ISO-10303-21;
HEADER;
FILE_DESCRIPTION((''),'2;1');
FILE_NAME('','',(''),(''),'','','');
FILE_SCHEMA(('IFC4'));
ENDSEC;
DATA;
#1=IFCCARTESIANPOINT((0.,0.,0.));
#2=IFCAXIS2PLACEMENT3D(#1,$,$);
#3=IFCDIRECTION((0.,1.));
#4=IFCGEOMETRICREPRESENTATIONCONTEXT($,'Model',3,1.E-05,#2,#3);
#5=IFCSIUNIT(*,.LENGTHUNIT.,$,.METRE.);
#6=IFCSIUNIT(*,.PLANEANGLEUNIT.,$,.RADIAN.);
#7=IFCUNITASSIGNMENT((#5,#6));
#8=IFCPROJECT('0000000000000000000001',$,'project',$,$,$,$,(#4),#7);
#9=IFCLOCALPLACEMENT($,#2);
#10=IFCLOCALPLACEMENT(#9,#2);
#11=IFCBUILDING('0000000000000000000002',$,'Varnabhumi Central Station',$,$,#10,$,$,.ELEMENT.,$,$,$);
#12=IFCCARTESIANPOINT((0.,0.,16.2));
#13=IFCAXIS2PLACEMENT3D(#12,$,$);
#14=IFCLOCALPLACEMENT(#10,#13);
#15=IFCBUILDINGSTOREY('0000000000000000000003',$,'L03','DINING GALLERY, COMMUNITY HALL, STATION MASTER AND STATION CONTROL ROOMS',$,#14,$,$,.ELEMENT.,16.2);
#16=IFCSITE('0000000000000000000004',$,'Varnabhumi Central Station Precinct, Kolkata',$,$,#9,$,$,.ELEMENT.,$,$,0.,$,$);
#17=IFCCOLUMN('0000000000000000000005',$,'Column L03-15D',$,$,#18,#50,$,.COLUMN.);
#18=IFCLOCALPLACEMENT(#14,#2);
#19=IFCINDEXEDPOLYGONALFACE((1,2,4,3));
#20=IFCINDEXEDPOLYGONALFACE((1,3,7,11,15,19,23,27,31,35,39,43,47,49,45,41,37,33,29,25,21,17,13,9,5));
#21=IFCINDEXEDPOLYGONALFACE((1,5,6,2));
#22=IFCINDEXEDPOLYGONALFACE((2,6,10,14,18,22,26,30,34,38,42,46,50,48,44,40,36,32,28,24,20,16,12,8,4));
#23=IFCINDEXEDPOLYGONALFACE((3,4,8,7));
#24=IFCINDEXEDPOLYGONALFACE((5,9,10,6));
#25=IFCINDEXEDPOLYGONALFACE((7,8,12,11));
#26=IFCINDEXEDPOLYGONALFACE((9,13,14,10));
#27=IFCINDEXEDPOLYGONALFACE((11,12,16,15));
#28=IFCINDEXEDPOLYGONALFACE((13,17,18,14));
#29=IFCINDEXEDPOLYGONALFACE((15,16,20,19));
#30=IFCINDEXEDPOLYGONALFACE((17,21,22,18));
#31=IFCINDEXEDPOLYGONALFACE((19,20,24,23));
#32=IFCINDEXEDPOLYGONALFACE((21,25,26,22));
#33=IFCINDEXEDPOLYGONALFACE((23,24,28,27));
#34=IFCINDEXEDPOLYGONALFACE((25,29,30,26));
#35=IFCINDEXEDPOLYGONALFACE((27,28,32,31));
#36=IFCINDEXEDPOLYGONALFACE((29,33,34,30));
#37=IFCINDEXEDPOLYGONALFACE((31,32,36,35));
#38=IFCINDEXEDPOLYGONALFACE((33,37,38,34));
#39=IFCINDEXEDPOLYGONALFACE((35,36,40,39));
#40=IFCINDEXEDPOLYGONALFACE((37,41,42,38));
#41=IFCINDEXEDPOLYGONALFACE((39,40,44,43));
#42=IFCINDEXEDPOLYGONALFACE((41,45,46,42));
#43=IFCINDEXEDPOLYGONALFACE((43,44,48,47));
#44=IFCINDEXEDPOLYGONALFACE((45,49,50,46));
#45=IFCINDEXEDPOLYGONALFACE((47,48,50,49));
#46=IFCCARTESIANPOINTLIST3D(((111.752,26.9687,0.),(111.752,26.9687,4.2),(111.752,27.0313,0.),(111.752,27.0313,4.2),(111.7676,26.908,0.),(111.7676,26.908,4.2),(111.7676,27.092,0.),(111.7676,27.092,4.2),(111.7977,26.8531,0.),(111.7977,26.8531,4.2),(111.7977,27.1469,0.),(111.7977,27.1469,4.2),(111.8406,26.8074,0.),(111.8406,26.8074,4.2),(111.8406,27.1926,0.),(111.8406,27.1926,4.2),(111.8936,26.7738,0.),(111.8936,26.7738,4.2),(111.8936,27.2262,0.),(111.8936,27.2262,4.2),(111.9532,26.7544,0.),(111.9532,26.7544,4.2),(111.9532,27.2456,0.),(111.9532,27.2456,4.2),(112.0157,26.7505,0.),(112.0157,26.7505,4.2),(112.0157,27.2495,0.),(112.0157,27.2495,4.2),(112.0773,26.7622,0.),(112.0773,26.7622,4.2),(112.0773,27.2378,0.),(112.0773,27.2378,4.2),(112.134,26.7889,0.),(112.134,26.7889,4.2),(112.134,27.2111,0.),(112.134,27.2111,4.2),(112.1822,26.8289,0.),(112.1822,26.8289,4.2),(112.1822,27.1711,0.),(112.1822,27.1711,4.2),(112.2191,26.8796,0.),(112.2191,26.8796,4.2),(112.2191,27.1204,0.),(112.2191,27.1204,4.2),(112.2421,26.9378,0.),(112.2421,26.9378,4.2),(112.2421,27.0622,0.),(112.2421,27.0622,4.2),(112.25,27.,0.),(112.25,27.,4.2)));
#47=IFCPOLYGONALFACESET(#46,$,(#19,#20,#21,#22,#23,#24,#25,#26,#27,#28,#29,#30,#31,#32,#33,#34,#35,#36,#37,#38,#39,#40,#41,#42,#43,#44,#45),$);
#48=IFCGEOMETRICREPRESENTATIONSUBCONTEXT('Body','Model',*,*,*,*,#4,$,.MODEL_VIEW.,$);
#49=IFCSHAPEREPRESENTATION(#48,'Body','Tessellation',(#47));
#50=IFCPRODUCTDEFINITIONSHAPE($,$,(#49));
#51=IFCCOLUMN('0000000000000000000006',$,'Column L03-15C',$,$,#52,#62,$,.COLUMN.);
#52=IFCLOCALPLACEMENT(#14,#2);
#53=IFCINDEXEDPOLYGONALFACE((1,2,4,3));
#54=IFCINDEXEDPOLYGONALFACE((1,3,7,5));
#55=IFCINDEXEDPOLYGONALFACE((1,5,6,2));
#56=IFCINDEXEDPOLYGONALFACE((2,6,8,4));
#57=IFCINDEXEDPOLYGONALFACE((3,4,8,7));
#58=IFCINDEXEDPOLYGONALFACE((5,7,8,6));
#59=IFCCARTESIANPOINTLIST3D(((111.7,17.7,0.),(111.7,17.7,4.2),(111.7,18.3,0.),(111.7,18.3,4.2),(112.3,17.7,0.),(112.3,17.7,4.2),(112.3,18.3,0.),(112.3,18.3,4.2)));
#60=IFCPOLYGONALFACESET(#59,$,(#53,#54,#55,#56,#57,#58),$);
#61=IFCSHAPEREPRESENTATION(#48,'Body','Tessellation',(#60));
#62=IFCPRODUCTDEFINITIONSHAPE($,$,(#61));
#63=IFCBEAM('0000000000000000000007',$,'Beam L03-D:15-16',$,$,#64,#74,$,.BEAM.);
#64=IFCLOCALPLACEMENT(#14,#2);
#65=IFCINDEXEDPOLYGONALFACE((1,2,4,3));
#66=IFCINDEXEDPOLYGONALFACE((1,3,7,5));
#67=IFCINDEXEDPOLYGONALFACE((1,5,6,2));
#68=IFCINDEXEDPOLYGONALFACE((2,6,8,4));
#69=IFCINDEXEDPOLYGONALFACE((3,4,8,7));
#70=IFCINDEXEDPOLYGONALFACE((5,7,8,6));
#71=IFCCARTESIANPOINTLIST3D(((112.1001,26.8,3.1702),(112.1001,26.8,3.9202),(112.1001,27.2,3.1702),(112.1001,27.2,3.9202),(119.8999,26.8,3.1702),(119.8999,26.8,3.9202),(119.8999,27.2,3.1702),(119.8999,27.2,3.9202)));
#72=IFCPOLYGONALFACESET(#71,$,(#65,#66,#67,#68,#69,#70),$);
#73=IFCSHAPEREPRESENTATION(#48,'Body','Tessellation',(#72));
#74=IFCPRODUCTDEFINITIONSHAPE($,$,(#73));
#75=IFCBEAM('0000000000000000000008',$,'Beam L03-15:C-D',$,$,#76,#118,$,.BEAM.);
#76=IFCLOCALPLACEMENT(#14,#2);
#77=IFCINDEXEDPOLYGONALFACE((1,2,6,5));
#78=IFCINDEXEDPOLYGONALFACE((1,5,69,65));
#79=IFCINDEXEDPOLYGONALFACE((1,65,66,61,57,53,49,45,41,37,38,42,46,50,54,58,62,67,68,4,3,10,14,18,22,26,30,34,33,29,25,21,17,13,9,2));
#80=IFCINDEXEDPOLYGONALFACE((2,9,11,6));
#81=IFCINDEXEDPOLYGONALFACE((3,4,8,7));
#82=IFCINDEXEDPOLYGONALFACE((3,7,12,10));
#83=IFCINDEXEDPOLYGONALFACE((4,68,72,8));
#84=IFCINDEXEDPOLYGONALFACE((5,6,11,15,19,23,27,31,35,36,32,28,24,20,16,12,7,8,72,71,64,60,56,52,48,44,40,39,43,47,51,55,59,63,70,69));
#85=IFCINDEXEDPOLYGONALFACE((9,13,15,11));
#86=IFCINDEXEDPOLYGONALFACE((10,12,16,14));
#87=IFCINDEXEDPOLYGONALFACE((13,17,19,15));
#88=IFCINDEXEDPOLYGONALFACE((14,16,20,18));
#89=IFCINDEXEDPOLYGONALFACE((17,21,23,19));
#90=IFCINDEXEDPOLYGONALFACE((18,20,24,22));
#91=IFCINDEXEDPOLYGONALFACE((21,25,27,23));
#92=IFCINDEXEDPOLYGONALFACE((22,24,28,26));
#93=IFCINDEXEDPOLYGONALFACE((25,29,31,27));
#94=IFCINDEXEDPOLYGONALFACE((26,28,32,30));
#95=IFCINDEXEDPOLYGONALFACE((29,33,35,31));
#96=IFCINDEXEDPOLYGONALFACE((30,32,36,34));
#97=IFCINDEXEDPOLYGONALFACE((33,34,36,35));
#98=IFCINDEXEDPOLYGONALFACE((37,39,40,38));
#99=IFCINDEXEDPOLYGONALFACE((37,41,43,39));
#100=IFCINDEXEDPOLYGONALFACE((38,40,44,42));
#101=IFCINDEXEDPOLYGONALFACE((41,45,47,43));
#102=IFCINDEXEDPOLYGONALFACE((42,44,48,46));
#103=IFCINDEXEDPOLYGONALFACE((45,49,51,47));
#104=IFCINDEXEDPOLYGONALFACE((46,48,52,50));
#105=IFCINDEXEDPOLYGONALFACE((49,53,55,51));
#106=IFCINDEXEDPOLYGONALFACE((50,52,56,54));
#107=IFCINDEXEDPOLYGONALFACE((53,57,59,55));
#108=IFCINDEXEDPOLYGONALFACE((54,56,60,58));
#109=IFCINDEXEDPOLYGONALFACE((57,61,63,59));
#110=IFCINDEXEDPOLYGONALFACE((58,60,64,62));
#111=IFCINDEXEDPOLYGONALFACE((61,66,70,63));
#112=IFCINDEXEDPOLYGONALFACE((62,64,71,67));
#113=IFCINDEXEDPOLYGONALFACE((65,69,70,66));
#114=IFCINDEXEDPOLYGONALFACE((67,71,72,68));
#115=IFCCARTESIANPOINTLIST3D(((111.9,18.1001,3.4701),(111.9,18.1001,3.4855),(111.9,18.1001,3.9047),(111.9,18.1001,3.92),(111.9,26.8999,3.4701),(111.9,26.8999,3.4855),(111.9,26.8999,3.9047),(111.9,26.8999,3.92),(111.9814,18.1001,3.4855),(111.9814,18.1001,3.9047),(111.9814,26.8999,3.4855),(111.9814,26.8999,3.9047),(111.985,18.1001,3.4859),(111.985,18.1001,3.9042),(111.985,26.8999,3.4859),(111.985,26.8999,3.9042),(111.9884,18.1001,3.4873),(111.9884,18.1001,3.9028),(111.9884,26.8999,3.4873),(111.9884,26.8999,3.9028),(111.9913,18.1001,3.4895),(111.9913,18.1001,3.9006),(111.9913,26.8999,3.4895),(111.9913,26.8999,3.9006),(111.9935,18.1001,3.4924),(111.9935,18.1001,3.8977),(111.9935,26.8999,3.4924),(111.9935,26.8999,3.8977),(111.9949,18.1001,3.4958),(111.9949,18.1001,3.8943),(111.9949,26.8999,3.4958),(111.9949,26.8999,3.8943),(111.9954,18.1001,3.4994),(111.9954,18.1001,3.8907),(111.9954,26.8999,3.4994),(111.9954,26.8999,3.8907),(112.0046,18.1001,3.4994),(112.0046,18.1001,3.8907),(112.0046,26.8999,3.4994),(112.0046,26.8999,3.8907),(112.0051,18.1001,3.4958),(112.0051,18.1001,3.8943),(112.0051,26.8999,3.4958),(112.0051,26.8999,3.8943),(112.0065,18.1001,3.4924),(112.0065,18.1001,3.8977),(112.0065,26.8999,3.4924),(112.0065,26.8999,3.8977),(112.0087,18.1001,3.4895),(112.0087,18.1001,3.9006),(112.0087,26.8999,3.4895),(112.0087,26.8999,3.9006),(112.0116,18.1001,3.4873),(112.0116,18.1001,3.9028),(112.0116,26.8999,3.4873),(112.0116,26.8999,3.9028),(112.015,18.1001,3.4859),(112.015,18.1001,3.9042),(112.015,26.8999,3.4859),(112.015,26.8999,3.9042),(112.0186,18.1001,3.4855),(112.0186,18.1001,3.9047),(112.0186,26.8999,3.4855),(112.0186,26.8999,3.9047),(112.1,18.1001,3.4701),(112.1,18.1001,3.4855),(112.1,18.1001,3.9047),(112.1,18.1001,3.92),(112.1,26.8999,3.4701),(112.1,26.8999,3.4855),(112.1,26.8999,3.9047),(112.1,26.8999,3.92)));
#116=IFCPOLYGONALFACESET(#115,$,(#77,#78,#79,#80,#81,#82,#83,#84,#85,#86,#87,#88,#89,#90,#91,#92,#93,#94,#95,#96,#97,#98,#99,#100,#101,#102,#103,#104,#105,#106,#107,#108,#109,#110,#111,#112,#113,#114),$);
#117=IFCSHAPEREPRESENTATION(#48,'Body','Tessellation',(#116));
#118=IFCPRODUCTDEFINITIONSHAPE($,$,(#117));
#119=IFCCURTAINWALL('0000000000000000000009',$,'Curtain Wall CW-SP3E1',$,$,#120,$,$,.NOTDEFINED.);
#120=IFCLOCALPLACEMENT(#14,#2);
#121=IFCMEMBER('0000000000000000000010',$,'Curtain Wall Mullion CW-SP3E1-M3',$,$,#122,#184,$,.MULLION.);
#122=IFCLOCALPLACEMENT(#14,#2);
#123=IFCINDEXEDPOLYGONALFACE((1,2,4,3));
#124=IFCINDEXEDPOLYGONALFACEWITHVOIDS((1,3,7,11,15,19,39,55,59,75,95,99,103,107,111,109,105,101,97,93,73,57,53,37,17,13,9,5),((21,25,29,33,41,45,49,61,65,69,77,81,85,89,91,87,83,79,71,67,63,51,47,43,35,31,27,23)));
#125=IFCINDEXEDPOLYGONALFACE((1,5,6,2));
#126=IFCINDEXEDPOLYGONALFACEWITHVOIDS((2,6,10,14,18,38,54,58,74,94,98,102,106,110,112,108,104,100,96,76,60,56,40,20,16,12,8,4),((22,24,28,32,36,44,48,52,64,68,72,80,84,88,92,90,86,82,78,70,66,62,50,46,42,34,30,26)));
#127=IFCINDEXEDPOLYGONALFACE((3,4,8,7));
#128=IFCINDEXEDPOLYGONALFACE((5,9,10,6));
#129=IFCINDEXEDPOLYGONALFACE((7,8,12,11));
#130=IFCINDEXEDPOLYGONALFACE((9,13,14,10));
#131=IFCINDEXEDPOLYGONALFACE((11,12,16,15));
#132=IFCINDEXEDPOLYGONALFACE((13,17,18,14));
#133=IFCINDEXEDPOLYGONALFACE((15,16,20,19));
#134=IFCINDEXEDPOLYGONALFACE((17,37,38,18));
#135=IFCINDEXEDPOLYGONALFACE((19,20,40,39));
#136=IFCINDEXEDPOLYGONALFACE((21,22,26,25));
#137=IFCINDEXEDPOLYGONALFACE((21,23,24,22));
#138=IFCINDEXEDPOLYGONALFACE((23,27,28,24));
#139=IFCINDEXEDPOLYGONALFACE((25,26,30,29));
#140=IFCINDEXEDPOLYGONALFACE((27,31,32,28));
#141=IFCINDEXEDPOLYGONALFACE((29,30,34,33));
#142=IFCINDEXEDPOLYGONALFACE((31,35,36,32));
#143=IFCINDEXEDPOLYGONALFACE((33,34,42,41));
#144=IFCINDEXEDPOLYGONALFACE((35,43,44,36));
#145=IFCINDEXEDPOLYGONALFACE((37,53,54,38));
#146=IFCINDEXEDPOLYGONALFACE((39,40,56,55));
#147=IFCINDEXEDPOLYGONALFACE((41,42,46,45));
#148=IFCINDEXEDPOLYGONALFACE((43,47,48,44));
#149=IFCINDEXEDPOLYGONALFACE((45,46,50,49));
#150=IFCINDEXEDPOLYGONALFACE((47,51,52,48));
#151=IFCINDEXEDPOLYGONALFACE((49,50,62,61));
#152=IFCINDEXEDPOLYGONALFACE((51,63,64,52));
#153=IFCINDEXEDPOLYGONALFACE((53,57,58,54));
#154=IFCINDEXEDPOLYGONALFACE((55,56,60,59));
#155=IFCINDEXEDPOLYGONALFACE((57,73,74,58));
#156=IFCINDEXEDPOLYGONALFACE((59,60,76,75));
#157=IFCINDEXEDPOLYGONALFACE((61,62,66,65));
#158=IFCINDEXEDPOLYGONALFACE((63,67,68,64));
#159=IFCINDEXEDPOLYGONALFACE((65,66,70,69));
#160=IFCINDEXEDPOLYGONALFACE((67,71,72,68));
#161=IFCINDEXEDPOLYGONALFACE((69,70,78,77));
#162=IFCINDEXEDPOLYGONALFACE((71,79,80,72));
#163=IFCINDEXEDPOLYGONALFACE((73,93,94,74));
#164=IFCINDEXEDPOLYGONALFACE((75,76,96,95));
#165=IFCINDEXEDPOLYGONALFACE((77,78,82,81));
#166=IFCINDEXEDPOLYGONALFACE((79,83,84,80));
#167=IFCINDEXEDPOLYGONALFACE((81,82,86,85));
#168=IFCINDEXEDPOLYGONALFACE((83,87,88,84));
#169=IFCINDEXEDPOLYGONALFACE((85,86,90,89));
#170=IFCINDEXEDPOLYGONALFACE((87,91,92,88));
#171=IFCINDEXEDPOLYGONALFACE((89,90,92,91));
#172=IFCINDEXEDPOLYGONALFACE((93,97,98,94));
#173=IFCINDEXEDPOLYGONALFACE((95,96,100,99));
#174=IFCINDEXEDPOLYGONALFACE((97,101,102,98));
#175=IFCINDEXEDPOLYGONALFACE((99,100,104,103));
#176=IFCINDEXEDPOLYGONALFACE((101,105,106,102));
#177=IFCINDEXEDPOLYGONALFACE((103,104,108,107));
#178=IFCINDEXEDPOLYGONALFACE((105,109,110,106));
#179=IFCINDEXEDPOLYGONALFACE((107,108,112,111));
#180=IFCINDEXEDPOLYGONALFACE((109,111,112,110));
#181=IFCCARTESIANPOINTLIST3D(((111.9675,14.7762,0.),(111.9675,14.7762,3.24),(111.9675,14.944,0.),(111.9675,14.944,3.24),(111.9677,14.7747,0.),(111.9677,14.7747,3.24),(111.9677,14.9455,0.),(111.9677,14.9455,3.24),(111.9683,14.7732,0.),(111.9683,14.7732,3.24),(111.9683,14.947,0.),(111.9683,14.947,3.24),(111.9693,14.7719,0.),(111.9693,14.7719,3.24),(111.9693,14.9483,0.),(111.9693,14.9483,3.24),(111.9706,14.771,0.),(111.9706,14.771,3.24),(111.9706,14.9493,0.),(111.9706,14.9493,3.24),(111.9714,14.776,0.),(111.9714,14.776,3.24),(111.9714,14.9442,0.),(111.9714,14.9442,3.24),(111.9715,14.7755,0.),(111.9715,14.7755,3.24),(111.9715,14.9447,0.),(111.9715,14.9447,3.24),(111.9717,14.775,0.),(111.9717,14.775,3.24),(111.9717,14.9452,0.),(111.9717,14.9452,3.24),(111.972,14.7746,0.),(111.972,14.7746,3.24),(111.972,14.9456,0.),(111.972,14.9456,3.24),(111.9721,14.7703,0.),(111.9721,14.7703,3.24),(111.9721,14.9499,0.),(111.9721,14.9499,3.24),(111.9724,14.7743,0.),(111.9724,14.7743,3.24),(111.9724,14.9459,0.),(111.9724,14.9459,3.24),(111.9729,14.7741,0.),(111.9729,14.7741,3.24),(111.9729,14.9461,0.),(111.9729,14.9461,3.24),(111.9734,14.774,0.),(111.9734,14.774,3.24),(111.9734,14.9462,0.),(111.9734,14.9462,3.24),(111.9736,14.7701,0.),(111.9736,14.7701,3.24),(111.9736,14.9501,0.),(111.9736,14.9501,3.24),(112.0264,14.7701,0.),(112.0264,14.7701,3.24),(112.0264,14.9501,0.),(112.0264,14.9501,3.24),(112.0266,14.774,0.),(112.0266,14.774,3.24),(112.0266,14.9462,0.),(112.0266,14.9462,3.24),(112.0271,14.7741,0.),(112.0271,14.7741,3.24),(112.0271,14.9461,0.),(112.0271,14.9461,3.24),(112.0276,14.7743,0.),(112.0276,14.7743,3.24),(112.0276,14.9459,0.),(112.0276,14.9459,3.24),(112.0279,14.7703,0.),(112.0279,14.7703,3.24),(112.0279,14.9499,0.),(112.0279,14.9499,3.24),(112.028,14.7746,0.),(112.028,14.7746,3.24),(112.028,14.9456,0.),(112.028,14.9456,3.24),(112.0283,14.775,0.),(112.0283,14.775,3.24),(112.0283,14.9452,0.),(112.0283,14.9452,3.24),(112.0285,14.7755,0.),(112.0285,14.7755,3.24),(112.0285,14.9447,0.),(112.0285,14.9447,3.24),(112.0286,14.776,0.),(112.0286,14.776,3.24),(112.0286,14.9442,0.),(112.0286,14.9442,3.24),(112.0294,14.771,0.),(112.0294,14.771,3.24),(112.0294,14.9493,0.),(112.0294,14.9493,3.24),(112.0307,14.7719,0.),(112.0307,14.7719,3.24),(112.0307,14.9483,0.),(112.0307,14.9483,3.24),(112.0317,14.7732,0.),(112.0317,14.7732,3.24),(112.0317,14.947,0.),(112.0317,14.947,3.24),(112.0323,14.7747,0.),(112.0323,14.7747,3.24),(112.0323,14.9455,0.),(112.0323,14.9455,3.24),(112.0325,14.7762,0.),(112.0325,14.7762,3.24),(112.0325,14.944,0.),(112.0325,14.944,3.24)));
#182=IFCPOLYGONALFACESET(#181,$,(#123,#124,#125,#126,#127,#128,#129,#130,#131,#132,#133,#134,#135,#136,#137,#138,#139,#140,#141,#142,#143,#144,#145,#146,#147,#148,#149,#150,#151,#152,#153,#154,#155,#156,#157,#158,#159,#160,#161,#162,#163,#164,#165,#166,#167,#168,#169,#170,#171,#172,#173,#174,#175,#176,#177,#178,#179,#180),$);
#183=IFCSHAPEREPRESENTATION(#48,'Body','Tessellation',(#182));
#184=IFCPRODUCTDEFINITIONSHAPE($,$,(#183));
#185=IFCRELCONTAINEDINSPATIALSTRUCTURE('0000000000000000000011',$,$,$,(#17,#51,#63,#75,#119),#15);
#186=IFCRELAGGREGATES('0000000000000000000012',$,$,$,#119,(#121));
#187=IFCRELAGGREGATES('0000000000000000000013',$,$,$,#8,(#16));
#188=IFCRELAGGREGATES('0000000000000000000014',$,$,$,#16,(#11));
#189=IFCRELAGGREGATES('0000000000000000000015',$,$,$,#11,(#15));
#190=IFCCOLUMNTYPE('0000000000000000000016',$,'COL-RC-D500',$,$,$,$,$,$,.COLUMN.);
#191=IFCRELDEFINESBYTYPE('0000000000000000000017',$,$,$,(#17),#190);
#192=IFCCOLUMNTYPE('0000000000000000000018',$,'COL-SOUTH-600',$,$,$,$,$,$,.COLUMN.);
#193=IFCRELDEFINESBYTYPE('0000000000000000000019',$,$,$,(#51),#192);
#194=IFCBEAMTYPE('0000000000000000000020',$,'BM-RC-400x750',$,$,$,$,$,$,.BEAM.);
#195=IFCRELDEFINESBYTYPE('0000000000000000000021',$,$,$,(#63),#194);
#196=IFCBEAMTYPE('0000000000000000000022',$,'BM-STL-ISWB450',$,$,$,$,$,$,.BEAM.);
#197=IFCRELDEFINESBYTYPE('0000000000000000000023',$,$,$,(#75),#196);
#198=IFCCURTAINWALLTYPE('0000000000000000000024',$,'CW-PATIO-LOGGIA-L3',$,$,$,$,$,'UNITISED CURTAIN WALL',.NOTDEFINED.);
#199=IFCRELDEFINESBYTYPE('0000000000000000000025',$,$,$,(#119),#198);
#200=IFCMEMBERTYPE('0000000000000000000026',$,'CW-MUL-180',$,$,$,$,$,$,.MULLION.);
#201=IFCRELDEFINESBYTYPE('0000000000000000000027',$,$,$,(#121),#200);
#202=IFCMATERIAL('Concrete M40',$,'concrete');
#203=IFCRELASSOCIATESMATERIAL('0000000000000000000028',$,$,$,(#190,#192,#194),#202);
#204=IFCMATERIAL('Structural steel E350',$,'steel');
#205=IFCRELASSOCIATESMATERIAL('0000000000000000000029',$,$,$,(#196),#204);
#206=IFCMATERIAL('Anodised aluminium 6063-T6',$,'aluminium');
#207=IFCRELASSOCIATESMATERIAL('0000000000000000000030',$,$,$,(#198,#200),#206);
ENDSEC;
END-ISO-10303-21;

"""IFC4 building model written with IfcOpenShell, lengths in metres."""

from ifc_helpers import new_model, si_unit, direction, frame, origin, origin_2d, place, context, subcontext, project, spatial, rectangle, hollow_rectangle, circle, i_section, extrude, material, material_profile, profile_set, type_object, element, aggregate, save


model = new_model("IFC4")

# Units and contexts
model_context = context("Model", 3, precision=1e-05, world=origin(), true_north=direction((0.0, 1.0)))
body_context = subcontext(model_context, "Body", "Model", "MODEL_VIEW")
ifc_project = project(units=[si_unit("LENGTHUNIT", "METRE"), si_unit("PLANEANGLEUNIT", "RADIAN")], contexts=[model_context])

# Site, building, storey
site_placement = place(None, origin())
site = spatial("IfcSite", under=ifc_project, at=site_placement, Name="Varnabhumi Central Station Precinct, Kolkata", CompositionType="ELEMENT", RefElevation=0.0)
building_placement = place(site_placement, origin())
building = spatial("IfcBuilding", under=site, at=building_placement, Name="Varnabhumi Central Station", CompositionType="ELEMENT")
storey_placement = place(building_placement, frame((0.0, 0.0, 16.2)))
storey = spatial("IfcBuildingStorey", under=building, at=storey_placement, Name="L03", Description="DINING GALLERY, COMMUNITY HALL, STATION MASTER AND STATION CONTROL ROOMS", CompositionType="ELEMENT", Elevation=16.2)

# Columns
ifc_material_1 = material(Name="Concrete M40", Category="concrete")
ifc_material_profile_1 = material_profile(ifc_material_1, circle(Radius=0.25, at=origin_2d()), Name="Concrete M40", Category="concrete")
ifc_profile_set_1 = profile_set([ifc_material_profile_1], Name="Concrete M40")
column_type_1 = type_object("IfcColumnType", Name="COL-RC-D500", PredefinedType="COLUMN", material=ifc_profile_set_1)
column_1_placement = place(storey_placement, frame((112.0, 27.0, 0.0), z_axis=(0.0, 0.0, 1.0), x_axis=(1.0, 0.0, 0.0)))
element("IfcColumn", 1, at=column_1_placement, inside=storey, type_object=column_type_1, Name="Column L03-15D", PredefinedType="COLUMN", context=body_context, shape_type="SweptSolid", body=[
    extrude(circle(Radius=0.25, at=origin_2d()), origin(), (0.0, 0.0, 1.0), 4.2),
])
ifc_material_profile_2 = material_profile(ifc_material_1, rectangle(XDim=0.6001, YDim=0.6001, at=origin_2d()), Name="Concrete M40", Category="concrete")
ifc_profile_set_2 = profile_set([ifc_material_profile_2], Name="Concrete M40")
column_type_2 = type_object("IfcColumnType", Name="COL-SOUTH-600", PredefinedType="COLUMN", material=ifc_profile_set_2)
column_2_placement = place(storey_placement, frame((112.0, 18.0, 0.0), z_axis=(0.0, 0.0, 1.0), x_axis=(1.0, 0.0, 0.0)))
element("IfcColumn", 2, at=column_2_placement, inside=storey, type_object=column_type_2, Name="Column L03-15C", PredefinedType="COLUMN", context=body_context, shape_type="SweptSolid", body=[
    extrude(rectangle(XDim=0.6001, YDim=0.6001, at=origin_2d()), origin(), (0.0, 0.0, 1.0), 4.2),
])

# Beams
ifc_material_profile_3 = material_profile(ifc_material_1, rectangle(XDim=0.3999, YDim=0.75, at=origin_2d()), Name="Concrete M40", Category="concrete")
ifc_profile_set_3 = profile_set([ifc_material_profile_3], Name="Concrete M40")
beam_type_1 = type_object("IfcBeamType", Name="BM-RC-400x750", PredefinedType="BEAM", material=ifc_profile_set_3)
beam_1_placement = place(storey_placement, frame((112.1001, 27.0, 3.5452), z_axis=(1.0, 0.0, 0.0), x_axis=(0.0, 1.0, 0.0)))
element("IfcBeam", 3, at=beam_1_placement, inside=storey, type_object=beam_type_1, Name="Beam L03-D:15-16", PredefinedType="BEAM", context=body_context, shape_type="SweptSolid", body=[
    extrude(rectangle(XDim=0.3999, YDim=0.75, at=origin_2d()), origin(), (0.0, 0.0, 1.0), 7.7998),
])
ifc_material_2 = material(Name="Structural steel E350", Category="steel")
ifc_material_profile_4 = material_profile(ifc_material_2, i_section(OverallWidth=0.2, OverallDepth=0.45, WebThickness=0.0093, FlangeThickness=0.0154, FilletRadius=0.0139, at=origin_2d()), Name="Structural steel E350", Category="steel")
ifc_profile_set_4 = profile_set([ifc_material_profile_4], Name="Structural steel E350")
beam_type_2 = type_object("IfcBeamType", Name="BM-STL-ISWB450", PredefinedType="BEAM", material=ifc_profile_set_4)
beam_2_placement = place(storey_placement, frame((112.0, 18.1001, 3.6951), z_axis=(0.0, 1.0, 0.0), x_axis=(-1.0, 0.0, 0.0)))
element("IfcBeam", 4, at=beam_2_placement, inside=storey, type_object=beam_type_2, Name="Beam L03-15:C-D", PredefinedType="BEAM", context=body_context, shape_type="SweptSolid", body=[
    extrude(i_section(OverallWidth=0.2, OverallDepth=0.45, WebThickness=0.0093, FlangeThickness=0.0154, FilletRadius=0.0139, at=origin_2d()), origin(), (0.0, 0.0, 1.0), 8.7998),
])

# Curtain wall, member
ifc_material_3 = material(Name="Anodised aluminium 6063-T6", Category="aluminium")
curtain_wall_type = type_object("IfcCurtainWallType", Name="CW-PATIO-LOGGIA-L3", ElementType="UNITISED CURTAIN WALL", PredefinedType="NOTDEFINED", material=ifc_material_3)
curtain_wall_1_placement = place(storey_placement, origin())
curtain_wall_1 = element("IfcCurtainWall", 5, at=curtain_wall_1_placement, inside=storey, type_object=curtain_wall_type, Name="Curtain Wall CW-SP3E1", PredefinedType="NOTDEFINED")
ifc_material_profile_5 = material_profile(ifc_material_3, hollow_rectangle(XDim=0.0649, YDim=0.1799, WallThickness=0.0039, InnerFilletRadius=0.002, OuterFilletRadius=0.0061, at=origin_2d()), Name="Anodised aluminium 6063-T6", Category="aluminium")
ifc_profile_set_5 = profile_set([ifc_material_profile_5], Name="Anodised aluminium 6063-T6")
member_type_1 = type_object("IfcMemberType", Name="CW-MUL-180", PredefinedType="MULLION", material=ifc_profile_set_5)
member_1_placement = place(storey_placement, frame((112.0, 14.8601, 0.0), z_axis=(0.0, 0.0, 1.0), x_axis=(1.0, 0.0, 0.0)))
member_1 = element("IfcMember", 6, at=member_1_placement, type_object=member_type_1, Name="Curtain Wall Mullion CW-SP3E1-M3", PredefinedType="MULLION", context=body_context, shape_type="SweptSolid", body=[
    extrude(hollow_rectangle(XDim=0.0649, YDim=0.1799, WallThickness=0.0039, InnerFilletRadius=0.002, OuterFilletRadius=0.0061, at=origin_2d()), origin(), (0.0, 0.0, 1.0), 3.24),
])

aggregate(curtain_wall_1, [member_1])

save(model, "model.ifc")
